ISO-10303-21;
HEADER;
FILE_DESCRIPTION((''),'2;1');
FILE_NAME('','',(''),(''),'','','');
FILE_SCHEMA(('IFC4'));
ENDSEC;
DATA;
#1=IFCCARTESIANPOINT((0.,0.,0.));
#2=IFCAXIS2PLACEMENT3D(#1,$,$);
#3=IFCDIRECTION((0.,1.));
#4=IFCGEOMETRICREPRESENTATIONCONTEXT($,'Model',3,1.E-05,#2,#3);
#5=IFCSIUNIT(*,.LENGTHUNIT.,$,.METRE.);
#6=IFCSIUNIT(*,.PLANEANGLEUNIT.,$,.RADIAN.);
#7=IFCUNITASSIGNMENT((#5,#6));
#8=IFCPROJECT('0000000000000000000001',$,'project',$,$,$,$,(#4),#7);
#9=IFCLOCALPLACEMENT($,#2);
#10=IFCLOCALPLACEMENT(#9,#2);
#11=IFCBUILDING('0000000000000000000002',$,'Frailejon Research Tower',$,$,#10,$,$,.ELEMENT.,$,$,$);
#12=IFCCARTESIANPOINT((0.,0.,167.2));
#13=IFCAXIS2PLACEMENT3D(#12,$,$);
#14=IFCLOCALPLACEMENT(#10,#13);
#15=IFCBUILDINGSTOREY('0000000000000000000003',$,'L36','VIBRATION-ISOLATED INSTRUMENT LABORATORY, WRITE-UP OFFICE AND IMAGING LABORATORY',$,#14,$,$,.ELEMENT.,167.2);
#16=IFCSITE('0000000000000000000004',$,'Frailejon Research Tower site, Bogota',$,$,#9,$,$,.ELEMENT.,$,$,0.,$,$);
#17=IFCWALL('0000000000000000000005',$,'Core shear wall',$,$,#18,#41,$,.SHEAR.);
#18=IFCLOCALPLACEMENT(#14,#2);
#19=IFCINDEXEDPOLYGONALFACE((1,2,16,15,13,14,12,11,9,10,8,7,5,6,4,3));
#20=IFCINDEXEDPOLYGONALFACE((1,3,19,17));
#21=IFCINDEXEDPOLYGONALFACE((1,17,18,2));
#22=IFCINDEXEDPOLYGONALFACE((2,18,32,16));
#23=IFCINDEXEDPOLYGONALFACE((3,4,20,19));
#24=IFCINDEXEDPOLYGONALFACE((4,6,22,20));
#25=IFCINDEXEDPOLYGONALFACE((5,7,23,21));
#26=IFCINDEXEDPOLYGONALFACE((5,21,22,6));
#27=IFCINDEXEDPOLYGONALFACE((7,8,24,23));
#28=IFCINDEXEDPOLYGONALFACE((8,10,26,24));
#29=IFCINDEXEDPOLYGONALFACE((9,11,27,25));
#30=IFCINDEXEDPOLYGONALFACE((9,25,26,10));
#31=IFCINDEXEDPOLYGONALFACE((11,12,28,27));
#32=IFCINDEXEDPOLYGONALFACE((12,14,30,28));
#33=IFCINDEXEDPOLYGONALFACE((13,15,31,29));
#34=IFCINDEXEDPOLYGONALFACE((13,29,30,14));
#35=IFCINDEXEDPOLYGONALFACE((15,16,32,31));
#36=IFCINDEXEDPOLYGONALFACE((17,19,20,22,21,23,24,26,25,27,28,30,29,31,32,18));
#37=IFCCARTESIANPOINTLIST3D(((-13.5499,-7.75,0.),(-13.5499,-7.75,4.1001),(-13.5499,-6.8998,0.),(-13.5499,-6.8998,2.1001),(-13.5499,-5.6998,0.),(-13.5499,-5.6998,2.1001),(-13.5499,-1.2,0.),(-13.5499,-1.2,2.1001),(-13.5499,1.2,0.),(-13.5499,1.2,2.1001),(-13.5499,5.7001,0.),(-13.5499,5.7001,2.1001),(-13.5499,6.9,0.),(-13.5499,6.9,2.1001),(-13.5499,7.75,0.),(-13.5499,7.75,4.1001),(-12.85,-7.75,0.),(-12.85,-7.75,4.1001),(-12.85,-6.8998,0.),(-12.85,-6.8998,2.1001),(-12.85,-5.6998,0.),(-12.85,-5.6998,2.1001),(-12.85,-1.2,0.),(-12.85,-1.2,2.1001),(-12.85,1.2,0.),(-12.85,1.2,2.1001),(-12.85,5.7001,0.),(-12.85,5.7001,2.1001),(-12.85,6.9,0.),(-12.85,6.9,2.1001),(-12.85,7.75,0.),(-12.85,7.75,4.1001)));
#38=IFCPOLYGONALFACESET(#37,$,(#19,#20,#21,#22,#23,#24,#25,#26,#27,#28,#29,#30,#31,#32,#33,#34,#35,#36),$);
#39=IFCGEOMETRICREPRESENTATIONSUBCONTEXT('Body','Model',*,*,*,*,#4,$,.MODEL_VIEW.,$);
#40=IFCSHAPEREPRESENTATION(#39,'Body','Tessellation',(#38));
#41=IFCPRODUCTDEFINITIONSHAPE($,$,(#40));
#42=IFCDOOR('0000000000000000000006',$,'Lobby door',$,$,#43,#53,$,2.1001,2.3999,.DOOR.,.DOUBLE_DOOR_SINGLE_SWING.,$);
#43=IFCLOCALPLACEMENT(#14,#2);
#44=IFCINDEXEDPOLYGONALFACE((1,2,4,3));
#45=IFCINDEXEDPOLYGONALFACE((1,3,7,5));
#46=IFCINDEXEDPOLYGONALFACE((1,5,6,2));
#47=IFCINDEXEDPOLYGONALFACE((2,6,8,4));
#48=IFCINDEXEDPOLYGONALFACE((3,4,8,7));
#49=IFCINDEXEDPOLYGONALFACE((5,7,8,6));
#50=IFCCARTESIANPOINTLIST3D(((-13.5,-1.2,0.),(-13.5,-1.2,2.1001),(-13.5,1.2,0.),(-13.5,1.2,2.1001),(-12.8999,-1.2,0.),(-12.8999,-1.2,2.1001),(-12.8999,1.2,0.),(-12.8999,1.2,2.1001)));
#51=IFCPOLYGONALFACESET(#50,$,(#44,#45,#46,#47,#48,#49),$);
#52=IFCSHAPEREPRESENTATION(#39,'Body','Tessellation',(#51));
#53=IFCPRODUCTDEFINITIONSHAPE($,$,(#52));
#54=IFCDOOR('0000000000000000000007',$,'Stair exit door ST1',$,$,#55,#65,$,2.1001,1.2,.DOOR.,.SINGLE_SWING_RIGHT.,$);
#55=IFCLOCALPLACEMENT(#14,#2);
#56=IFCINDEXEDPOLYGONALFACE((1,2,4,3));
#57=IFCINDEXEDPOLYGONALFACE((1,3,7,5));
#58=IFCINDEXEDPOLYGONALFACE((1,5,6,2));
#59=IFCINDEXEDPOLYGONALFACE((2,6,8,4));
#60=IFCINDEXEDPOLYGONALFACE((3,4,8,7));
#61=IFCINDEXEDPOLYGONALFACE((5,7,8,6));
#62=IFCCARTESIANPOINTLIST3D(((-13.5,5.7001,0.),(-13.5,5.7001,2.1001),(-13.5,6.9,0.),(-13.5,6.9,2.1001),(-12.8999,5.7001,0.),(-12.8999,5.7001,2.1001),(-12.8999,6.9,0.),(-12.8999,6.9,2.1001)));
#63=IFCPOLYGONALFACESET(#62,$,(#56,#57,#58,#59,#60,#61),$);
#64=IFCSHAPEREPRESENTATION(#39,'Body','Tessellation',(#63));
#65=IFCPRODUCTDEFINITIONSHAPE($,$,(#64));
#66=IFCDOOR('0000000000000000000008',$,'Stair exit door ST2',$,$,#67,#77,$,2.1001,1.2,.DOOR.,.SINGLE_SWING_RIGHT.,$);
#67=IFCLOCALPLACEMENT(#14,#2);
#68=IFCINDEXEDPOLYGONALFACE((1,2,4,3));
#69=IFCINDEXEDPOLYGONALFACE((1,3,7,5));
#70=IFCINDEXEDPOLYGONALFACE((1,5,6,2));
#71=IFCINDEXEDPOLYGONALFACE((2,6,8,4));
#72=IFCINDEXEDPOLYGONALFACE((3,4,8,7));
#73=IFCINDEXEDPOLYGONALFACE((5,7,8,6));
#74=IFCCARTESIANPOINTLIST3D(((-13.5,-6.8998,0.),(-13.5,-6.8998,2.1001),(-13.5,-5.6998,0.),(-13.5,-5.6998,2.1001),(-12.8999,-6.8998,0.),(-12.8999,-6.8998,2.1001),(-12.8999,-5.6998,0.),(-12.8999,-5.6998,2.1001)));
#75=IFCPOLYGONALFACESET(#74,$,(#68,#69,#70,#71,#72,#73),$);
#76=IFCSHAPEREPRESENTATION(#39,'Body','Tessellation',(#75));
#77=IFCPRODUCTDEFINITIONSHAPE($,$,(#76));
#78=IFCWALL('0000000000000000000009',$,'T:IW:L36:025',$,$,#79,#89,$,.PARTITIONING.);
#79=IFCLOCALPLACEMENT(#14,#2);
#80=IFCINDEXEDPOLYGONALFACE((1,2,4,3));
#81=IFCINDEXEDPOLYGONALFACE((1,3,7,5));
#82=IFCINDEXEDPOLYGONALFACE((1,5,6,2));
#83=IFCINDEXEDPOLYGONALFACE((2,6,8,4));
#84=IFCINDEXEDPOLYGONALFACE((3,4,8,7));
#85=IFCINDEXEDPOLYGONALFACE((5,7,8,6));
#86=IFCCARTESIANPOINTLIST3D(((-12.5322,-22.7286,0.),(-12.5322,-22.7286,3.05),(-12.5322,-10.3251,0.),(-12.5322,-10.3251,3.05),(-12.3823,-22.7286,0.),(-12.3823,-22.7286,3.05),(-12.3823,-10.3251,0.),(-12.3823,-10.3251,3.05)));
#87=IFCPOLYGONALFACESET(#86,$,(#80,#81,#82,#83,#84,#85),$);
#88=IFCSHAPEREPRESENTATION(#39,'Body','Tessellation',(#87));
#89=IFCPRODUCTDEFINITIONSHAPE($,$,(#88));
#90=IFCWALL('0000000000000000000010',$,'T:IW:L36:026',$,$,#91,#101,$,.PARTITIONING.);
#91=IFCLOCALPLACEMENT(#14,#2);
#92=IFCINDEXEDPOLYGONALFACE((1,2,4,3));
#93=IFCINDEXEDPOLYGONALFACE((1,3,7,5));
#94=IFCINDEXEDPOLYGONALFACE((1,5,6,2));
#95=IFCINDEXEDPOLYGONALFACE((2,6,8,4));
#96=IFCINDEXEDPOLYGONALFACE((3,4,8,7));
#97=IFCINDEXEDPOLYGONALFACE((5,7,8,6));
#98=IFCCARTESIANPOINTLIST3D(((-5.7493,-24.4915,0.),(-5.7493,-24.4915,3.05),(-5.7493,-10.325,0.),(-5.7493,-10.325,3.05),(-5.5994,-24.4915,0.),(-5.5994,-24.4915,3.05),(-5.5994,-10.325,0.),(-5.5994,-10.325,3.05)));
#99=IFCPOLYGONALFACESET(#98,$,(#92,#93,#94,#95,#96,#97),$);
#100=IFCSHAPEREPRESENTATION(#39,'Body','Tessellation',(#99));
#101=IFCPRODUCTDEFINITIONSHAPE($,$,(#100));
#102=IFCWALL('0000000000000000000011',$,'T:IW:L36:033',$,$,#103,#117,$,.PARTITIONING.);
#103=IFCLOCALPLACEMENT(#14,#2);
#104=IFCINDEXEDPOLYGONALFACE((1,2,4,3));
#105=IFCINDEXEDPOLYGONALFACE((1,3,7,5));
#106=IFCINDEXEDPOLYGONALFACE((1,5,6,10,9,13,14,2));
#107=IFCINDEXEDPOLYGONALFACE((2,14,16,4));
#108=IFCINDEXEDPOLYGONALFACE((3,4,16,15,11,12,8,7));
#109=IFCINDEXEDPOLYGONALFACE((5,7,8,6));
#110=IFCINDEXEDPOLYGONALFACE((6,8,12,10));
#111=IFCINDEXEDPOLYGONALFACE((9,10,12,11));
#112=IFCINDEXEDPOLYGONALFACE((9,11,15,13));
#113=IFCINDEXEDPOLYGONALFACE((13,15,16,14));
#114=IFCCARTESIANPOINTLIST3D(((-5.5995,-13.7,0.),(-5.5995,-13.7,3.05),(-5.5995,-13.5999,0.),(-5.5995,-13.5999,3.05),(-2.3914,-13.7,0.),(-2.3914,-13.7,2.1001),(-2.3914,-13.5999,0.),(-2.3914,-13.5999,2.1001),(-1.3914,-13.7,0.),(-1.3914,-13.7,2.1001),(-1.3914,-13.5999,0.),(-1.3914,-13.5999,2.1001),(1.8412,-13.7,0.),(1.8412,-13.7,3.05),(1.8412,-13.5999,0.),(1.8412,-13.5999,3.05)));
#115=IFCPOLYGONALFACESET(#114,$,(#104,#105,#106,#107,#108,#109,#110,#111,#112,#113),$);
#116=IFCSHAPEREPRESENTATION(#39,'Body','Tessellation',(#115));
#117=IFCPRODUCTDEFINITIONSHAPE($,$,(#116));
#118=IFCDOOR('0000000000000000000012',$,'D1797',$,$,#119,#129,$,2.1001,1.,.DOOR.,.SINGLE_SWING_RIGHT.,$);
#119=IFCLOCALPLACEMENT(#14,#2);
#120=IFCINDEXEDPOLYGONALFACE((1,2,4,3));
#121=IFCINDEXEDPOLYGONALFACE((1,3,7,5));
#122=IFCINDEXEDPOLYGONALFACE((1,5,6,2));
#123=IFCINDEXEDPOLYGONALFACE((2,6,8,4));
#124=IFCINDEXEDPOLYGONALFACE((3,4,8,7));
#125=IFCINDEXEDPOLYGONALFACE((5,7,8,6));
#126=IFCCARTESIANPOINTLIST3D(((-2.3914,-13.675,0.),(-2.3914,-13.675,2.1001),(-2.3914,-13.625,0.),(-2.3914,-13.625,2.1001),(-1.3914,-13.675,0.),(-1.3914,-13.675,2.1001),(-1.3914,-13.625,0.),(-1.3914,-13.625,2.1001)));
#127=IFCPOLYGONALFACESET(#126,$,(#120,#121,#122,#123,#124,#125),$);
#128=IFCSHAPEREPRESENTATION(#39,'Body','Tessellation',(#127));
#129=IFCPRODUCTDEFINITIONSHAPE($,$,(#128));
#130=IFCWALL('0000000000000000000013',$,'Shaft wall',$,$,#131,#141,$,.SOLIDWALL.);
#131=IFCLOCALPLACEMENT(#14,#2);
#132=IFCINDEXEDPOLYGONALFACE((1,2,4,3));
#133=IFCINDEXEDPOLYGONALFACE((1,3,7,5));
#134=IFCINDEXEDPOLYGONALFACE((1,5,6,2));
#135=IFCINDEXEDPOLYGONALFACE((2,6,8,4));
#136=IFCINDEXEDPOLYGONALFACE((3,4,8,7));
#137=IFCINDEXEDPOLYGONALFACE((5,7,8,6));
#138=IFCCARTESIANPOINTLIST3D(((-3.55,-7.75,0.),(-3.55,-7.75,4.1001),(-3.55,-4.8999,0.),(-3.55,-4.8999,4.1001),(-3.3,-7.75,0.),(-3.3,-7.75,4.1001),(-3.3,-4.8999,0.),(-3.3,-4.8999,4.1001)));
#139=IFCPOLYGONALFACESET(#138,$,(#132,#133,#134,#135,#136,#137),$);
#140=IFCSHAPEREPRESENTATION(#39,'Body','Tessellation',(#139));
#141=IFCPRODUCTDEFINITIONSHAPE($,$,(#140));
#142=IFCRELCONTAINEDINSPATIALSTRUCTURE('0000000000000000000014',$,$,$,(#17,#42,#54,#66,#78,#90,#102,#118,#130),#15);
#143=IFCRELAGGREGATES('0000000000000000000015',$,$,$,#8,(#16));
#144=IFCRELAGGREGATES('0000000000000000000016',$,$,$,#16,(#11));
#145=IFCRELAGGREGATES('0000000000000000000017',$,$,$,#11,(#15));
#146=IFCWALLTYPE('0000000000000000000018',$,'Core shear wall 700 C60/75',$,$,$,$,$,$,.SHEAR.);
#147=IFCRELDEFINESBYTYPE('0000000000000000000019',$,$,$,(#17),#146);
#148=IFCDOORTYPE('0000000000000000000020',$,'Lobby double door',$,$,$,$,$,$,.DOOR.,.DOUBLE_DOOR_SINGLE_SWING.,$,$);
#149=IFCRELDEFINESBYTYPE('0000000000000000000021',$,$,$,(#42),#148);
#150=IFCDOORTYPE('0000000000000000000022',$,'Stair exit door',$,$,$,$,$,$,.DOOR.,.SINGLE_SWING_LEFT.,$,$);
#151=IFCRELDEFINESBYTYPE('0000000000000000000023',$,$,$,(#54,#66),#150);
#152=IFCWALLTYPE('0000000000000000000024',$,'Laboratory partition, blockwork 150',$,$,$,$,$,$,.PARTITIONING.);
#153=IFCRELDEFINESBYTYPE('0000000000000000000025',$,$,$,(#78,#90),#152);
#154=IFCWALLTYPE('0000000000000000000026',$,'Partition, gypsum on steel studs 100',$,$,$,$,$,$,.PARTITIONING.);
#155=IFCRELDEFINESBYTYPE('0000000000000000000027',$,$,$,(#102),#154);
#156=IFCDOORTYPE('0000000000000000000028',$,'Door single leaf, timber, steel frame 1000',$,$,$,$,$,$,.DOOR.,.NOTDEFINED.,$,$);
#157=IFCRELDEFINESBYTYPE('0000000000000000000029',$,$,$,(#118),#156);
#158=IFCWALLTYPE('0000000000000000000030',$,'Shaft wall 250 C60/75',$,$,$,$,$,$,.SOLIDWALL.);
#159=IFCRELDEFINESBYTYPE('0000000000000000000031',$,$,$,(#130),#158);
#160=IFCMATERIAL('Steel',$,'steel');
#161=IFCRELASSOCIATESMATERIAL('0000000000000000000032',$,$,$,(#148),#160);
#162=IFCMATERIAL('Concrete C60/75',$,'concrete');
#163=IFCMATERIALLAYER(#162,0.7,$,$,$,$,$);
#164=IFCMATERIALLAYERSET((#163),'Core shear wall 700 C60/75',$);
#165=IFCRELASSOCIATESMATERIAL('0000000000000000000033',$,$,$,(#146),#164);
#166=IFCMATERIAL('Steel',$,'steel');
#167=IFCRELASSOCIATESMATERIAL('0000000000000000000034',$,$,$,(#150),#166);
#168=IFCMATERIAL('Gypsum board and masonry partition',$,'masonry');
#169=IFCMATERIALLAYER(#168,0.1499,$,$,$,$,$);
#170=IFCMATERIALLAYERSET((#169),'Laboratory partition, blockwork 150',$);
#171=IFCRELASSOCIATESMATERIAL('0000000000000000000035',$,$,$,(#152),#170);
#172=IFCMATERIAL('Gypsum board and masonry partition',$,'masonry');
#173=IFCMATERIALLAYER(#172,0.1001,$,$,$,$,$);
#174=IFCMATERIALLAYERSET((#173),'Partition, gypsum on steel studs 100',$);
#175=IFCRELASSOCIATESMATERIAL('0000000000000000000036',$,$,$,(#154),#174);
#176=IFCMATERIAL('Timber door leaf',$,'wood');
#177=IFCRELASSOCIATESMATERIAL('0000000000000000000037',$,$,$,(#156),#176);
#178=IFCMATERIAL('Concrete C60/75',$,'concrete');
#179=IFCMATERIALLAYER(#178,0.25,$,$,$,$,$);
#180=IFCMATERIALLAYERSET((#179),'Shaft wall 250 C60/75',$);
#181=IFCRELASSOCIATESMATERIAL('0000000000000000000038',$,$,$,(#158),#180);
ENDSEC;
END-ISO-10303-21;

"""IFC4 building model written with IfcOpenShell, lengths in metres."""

from ifc_helpers import new_model, si_unit, direction, frame, frame_2d, origin, place, context, subcontext, project, spatial, rectangle, extrude, material, layer, layer_set, type_object, element, fill, save


model = new_model("IFC4")

# Units and contexts
model_context = context("Model", 3, precision=1e-05, world=origin(), true_north=direction((0.0, 1.0)))
body_context = subcontext(model_context, "Body", "Model", "MODEL_VIEW")
ifc_project = project(units=[si_unit("LENGTHUNIT", "METRE"), si_unit("PLANEANGLEUNIT", "RADIAN")], contexts=[model_context])

# Site, building, storey
site_placement = place(None, origin())
site = spatial("IfcSite", under=ifc_project, at=site_placement, Name="Frailejon Research Tower site, Bogota", CompositionType="ELEMENT", RefElevation=0.0)
building_placement = place(site_placement, origin())
building = spatial("IfcBuilding", under=site, at=building_placement, Name="Frailejon Research Tower", CompositionType="ELEMENT")
storey_placement = place(building_placement, frame((0.0, 0.0, 167.2)))
storey = spatial("IfcBuildingStorey", under=building, at=storey_placement, Name="L36", Description="VIBRATION-ISOLATED INSTRUMENT LABORATORY, WRITE-UP OFFICE AND IMAGING LABORATORY", CompositionType="ELEMENT", Elevation=167.2)

# Shared definitions
ifc_material_1 = material(Name="Steel", Category="steel")
door_type_1 = type_object("IfcDoorType", Name="Lobby double door", OperationType="DOUBLE_DOOR_SINGLE_SWING", PredefinedType="DOOR", material=ifc_material_1)

# Shared definitions
ifc_material_2 = material(Name="Concrete C60/75", Category="concrete")
ifc_layer_1 = layer(ifc_material_2, 0.7)
ifc_layer_set_1 = layer_set([ifc_layer_1], Name="Core shear wall 700 C60/75")
wall_type_1 = type_object("IfcWallType", Name="Core shear wall 700 C60/75", PredefinedType="SHEAR", material=ifc_layer_set_1)

# Wall, openings, doors
wall_1_placement = place(storey_placement, frame((-13.2, -7.75, 0.0), z_axis=(0.0, 0.0, 1.0), x_axis=(0.0, 1.0, 0.0)))
wall_1 = element("IfcWall", 1, at=wall_1_placement, inside=storey, type_object=wall_type_1, Name="Core shear wall", PredefinedType="SHEAR", context=body_context, shape_type="SweptSolid", body=[
    extrude(rectangle(XDim=15.5, YDim=0.7, at=frame_2d((7.75, 0.0))), origin(), (0.0, 0.0, 1.0), 4.1001),
])
opening_1_placement = place(wall_1_placement, frame((6.55, 0.0, 0.0)))
opening_1 = element("IfcOpeningElement", 2, at=opening_1_placement, cuts=wall_1, PredefinedType="OPENING", context=body_context, shape_type="SweptSolid", body=[
    extrude(rectangle(XDim=2.3999, YDim=2.1001, at=frame_2d((1.2, 1.05))), frame((0.0, 0.3599, 0.0), z_axis=(0.0, -1.0, 0.0), x_axis=(1.0, 0.0, 0.0)), (0.0, 0.0, 1.0), 0.72),
])
opening_2_placement = place(wall_1_placement, frame((13.45, 0.0, 0.0)))
opening_2 = element("IfcOpeningElement", 3, at=opening_2_placement, cuts=wall_1, PredefinedType="OPENING", context=body_context, shape_type="SweptSolid", body=[
    extrude(rectangle(XDim=1.2, YDim=2.1001, at=frame_2d((0.6001, 1.05))), frame((0.0, 0.3599, 0.0), z_axis=(0.0, -1.0, 0.0), x_axis=(1.0, 0.0, 0.0)), (0.0, 0.0, 1.0), 0.72),
])
opening_3_placement = place(wall_1_placement, frame((0.8501, 0.0, 0.0)))
opening_3 = element("IfcOpeningElement", 4, at=opening_3_placement, cuts=wall_1, PredefinedType="OPENING", context=body_context, shape_type="SweptSolid", body=[
    extrude(rectangle(XDim=1.2, YDim=2.1001, at=frame_2d((0.6001, 1.05))), frame((0.0, 0.3599, 0.0), z_axis=(0.0, -1.0, 0.0), x_axis=(1.0, 0.0, 0.0)), (0.0, 0.0, 1.0), 0.72),
])
door_1_placement = place(opening_1_placement, origin())
door_1 = element("IfcDoor", 5, at=door_1_placement, inside=storey, type_object=door_type_1, Name="Lobby door", OperationType="DOUBLE_DOOR_SINGLE_SWING", OverallHeight=2.1001, OverallWidth=2.3999, PredefinedType="DOOR", context=body_context, shape_type="SweptSolid", body=[
    extrude(rectangle(XDim=2.3999, YDim=2.1001, at=frame_2d((1.2, 1.05))), frame((0.0, 0.3, 0.0), z_axis=(0.0, -1.0, 0.0), x_axis=(1.0, 0.0, 0.0)), (0.0, 0.0, 1.0), 0.6001),
])
fill(opening_1, door_1)
ifc_material_3 = material(Name="Steel", Category="steel")
door_type_2 = type_object("IfcDoorType", Name="Stair exit door", OperationType="SINGLE_SWING_LEFT", PredefinedType="DOOR", material=ifc_material_3)
door_2_placement = place(opening_2_placement, origin())
door_2 = element("IfcDoor", 6, at=door_2_placement, inside=storey, type_object=door_type_2, Name="Stair exit door ST1", OperationType="SINGLE_SWING_RIGHT", OverallHeight=2.1001, OverallWidth=1.2, PredefinedType="DOOR", context=body_context, shape_type="SweptSolid", body=[
    extrude(rectangle(XDim=1.2, YDim=2.1001, at=frame_2d((0.6001, 1.05))), frame((0.0, 0.3, 0.0), z_axis=(0.0, -1.0, 0.0), x_axis=(1.0, 0.0, 0.0)), (0.0, 0.0, 1.0), 0.6001),
])
fill(opening_2, door_2)
door_3_placement = place(opening_3_placement, origin())
door_3 = element("IfcDoor", 7, at=door_3_placement, inside=storey, type_object=door_type_2, Name="Stair exit door ST2", OperationType="SINGLE_SWING_RIGHT", OverallHeight=2.1001, OverallWidth=1.2, PredefinedType="DOOR", context=body_context, shape_type="SweptSolid", body=[
    extrude(rectangle(XDim=1.2, YDim=2.1001, at=frame_2d((0.6001, 1.05))), frame((0.0, 0.3, 0.0), z_axis=(0.0, -1.0, 0.0), x_axis=(1.0, 0.0, 0.0)), (0.0, 0.0, 1.0), 0.6001),
])
fill(opening_3, door_3)

# Walls
ifc_material_4 = material(Name="Gypsum board and masonry partition", Category="masonry")
ifc_layer_2 = layer(ifc_material_4, 0.1499)
ifc_layer_set_2 = layer_set([ifc_layer_2], Name="Laboratory partition, blockwork 150")
wall_type_2 = type_object("IfcWallType", Name="Laboratory partition, blockwork 150", PredefinedType="PARTITIONING", material=ifc_layer_set_2)
wall_2_placement = place(storey_placement, frame((-12.4573, -22.7285, 0.0), z_axis=(0.0, 0.0, 1.0), x_axis=(0.0, 1.0, 0.0)))
element("IfcWall", 8, at=wall_2_placement, inside=storey, type_object=wall_type_2, Name="T:IW:L36:025", PredefinedType="PARTITIONING", context=body_context, shape_type="SweptSolid", body=[
    extrude(rectangle(XDim=12.4036, YDim=0.1499, at=frame_2d((6.2017, 0.0))), origin(), (0.0, 0.0, 1.0), 3.05),
])
wall_3_placement = place(storey_placement, frame((-5.6743, -24.4915, 0.0), z_axis=(0.0, 0.0, 1.0), x_axis=(0.0, 1.0, 0.0)))
element("IfcWall", 9, at=wall_3_placement, inside=storey, type_object=wall_type_2, Name="T:IW:L36:026", PredefinedType="PARTITIONING", context=body_context, shape_type="SweptSolid", body=[
    extrude(rectangle(XDim=14.1665, YDim=0.1499, at=frame_2d((7.0833, 0.0))), origin(), (0.0, 0.0, 1.0), 3.05),
])

# Wall, opening, door
ifc_material_5 = material(Name="Gypsum board and masonry partition", Category="masonry")
ifc_layer_3 = layer(ifc_material_5, 0.1001)
ifc_layer_set_3 = layer_set([ifc_layer_3], Name="Partition, gypsum on steel studs 100")
wall_type_3 = type_object("IfcWallType", Name="Partition, gypsum on steel studs 100", PredefinedType="PARTITIONING", material=ifc_layer_set_3)
wall_4_placement = place(storey_placement, frame((-5.5994, -13.6499, 0.0), z_axis=(0.0, 0.0, 1.0), x_axis=(1.0, 0.0, 0.0)))
wall_4 = element("IfcWall", 10, at=wall_4_placement, inside=storey, type_object=wall_type_3, Name="T:IW:L36:033", PredefinedType="PARTITIONING", context=body_context, shape_type="SweptSolid", body=[
    extrude(rectangle(XDim=7.4407, YDim=0.1001, at=frame_2d((3.7202, 0.0))), origin(), (0.0, 0.0, 1.0), 3.05),
])
opening_4_placement = place(wall_4_placement, frame((3.208, 0.0, 0.0)))
opening_4 = element("IfcOpeningElement", 11, at=opening_4_placement, cuts=wall_4, PredefinedType="OPENING", context=body_context, shape_type="SweptSolid", body=[
    extrude(rectangle(XDim=1.0, YDim=2.1001, at=frame_2d((0.5, 1.05))), frame((0.0, 0.0601, 0.0), z_axis=(0.0, -1.0, 0.0), x_axis=(1.0, 0.0, 0.0)), (0.0, 0.0, 1.0), 0.1201),
])
ifc_material_6 = material(Name="Timber door leaf", Category="wood")
door_type_3 = type_object("IfcDoorType", Name="Door single leaf, timber, steel frame 1000", OperationType="NOTDEFINED", PredefinedType="DOOR", material=ifc_material_6)
door_4_placement = place(opening_4_placement, origin())
door_4 = element("IfcDoor", 12, at=door_4_placement, inside=storey, type_object=door_type_3, Name="D1797", OperationType="SINGLE_SWING_RIGHT", OverallHeight=2.1001, OverallWidth=1.0, PredefinedType="DOOR", context=body_context, shape_type="SweptSolid", body=[
    extrude(rectangle(XDim=1.0, YDim=2.1001, at=frame_2d((0.5, 1.05))), frame((0.0, 0.0249, 0.0), z_axis=(0.0, -1.0, 0.0), x_axis=(1.0, 0.0, 0.0)), (0.0, 0.0, 1.0), 0.05),
])
fill(opening_4, door_4)

# Wall
ifc_material_7 = material(Name="Concrete C60/75", Category="concrete")
ifc_layer_4 = layer(ifc_material_7, 0.25)
ifc_layer_set_4 = layer_set([ifc_layer_4], Name="Shaft wall 250 C60/75")
wall_type_4 = type_object("IfcWallType", Name="Shaft wall 250 C60/75", PredefinedType="SOLIDWALL", material=ifc_layer_set_4)
wall_5_placement = place(storey_placement, frame((-3.425, -7.75, 0.0), z_axis=(0.0, 0.0, 1.0), x_axis=(0.0, 1.0, 0.0)))
element("IfcWall", 13, at=wall_5_placement, inside=storey, type_object=wall_type_4, Name="Shaft wall", PredefinedType="SOLIDWALL", context=body_context, shape_type="SweptSolid", body=[
    extrude(rectangle(XDim=2.8501, YDim=0.25, at=frame_2d((1.425, 0.0))), origin(), (0.0, 0.0, 1.0), 4.1001),
])

save(model, "model.ifc")
